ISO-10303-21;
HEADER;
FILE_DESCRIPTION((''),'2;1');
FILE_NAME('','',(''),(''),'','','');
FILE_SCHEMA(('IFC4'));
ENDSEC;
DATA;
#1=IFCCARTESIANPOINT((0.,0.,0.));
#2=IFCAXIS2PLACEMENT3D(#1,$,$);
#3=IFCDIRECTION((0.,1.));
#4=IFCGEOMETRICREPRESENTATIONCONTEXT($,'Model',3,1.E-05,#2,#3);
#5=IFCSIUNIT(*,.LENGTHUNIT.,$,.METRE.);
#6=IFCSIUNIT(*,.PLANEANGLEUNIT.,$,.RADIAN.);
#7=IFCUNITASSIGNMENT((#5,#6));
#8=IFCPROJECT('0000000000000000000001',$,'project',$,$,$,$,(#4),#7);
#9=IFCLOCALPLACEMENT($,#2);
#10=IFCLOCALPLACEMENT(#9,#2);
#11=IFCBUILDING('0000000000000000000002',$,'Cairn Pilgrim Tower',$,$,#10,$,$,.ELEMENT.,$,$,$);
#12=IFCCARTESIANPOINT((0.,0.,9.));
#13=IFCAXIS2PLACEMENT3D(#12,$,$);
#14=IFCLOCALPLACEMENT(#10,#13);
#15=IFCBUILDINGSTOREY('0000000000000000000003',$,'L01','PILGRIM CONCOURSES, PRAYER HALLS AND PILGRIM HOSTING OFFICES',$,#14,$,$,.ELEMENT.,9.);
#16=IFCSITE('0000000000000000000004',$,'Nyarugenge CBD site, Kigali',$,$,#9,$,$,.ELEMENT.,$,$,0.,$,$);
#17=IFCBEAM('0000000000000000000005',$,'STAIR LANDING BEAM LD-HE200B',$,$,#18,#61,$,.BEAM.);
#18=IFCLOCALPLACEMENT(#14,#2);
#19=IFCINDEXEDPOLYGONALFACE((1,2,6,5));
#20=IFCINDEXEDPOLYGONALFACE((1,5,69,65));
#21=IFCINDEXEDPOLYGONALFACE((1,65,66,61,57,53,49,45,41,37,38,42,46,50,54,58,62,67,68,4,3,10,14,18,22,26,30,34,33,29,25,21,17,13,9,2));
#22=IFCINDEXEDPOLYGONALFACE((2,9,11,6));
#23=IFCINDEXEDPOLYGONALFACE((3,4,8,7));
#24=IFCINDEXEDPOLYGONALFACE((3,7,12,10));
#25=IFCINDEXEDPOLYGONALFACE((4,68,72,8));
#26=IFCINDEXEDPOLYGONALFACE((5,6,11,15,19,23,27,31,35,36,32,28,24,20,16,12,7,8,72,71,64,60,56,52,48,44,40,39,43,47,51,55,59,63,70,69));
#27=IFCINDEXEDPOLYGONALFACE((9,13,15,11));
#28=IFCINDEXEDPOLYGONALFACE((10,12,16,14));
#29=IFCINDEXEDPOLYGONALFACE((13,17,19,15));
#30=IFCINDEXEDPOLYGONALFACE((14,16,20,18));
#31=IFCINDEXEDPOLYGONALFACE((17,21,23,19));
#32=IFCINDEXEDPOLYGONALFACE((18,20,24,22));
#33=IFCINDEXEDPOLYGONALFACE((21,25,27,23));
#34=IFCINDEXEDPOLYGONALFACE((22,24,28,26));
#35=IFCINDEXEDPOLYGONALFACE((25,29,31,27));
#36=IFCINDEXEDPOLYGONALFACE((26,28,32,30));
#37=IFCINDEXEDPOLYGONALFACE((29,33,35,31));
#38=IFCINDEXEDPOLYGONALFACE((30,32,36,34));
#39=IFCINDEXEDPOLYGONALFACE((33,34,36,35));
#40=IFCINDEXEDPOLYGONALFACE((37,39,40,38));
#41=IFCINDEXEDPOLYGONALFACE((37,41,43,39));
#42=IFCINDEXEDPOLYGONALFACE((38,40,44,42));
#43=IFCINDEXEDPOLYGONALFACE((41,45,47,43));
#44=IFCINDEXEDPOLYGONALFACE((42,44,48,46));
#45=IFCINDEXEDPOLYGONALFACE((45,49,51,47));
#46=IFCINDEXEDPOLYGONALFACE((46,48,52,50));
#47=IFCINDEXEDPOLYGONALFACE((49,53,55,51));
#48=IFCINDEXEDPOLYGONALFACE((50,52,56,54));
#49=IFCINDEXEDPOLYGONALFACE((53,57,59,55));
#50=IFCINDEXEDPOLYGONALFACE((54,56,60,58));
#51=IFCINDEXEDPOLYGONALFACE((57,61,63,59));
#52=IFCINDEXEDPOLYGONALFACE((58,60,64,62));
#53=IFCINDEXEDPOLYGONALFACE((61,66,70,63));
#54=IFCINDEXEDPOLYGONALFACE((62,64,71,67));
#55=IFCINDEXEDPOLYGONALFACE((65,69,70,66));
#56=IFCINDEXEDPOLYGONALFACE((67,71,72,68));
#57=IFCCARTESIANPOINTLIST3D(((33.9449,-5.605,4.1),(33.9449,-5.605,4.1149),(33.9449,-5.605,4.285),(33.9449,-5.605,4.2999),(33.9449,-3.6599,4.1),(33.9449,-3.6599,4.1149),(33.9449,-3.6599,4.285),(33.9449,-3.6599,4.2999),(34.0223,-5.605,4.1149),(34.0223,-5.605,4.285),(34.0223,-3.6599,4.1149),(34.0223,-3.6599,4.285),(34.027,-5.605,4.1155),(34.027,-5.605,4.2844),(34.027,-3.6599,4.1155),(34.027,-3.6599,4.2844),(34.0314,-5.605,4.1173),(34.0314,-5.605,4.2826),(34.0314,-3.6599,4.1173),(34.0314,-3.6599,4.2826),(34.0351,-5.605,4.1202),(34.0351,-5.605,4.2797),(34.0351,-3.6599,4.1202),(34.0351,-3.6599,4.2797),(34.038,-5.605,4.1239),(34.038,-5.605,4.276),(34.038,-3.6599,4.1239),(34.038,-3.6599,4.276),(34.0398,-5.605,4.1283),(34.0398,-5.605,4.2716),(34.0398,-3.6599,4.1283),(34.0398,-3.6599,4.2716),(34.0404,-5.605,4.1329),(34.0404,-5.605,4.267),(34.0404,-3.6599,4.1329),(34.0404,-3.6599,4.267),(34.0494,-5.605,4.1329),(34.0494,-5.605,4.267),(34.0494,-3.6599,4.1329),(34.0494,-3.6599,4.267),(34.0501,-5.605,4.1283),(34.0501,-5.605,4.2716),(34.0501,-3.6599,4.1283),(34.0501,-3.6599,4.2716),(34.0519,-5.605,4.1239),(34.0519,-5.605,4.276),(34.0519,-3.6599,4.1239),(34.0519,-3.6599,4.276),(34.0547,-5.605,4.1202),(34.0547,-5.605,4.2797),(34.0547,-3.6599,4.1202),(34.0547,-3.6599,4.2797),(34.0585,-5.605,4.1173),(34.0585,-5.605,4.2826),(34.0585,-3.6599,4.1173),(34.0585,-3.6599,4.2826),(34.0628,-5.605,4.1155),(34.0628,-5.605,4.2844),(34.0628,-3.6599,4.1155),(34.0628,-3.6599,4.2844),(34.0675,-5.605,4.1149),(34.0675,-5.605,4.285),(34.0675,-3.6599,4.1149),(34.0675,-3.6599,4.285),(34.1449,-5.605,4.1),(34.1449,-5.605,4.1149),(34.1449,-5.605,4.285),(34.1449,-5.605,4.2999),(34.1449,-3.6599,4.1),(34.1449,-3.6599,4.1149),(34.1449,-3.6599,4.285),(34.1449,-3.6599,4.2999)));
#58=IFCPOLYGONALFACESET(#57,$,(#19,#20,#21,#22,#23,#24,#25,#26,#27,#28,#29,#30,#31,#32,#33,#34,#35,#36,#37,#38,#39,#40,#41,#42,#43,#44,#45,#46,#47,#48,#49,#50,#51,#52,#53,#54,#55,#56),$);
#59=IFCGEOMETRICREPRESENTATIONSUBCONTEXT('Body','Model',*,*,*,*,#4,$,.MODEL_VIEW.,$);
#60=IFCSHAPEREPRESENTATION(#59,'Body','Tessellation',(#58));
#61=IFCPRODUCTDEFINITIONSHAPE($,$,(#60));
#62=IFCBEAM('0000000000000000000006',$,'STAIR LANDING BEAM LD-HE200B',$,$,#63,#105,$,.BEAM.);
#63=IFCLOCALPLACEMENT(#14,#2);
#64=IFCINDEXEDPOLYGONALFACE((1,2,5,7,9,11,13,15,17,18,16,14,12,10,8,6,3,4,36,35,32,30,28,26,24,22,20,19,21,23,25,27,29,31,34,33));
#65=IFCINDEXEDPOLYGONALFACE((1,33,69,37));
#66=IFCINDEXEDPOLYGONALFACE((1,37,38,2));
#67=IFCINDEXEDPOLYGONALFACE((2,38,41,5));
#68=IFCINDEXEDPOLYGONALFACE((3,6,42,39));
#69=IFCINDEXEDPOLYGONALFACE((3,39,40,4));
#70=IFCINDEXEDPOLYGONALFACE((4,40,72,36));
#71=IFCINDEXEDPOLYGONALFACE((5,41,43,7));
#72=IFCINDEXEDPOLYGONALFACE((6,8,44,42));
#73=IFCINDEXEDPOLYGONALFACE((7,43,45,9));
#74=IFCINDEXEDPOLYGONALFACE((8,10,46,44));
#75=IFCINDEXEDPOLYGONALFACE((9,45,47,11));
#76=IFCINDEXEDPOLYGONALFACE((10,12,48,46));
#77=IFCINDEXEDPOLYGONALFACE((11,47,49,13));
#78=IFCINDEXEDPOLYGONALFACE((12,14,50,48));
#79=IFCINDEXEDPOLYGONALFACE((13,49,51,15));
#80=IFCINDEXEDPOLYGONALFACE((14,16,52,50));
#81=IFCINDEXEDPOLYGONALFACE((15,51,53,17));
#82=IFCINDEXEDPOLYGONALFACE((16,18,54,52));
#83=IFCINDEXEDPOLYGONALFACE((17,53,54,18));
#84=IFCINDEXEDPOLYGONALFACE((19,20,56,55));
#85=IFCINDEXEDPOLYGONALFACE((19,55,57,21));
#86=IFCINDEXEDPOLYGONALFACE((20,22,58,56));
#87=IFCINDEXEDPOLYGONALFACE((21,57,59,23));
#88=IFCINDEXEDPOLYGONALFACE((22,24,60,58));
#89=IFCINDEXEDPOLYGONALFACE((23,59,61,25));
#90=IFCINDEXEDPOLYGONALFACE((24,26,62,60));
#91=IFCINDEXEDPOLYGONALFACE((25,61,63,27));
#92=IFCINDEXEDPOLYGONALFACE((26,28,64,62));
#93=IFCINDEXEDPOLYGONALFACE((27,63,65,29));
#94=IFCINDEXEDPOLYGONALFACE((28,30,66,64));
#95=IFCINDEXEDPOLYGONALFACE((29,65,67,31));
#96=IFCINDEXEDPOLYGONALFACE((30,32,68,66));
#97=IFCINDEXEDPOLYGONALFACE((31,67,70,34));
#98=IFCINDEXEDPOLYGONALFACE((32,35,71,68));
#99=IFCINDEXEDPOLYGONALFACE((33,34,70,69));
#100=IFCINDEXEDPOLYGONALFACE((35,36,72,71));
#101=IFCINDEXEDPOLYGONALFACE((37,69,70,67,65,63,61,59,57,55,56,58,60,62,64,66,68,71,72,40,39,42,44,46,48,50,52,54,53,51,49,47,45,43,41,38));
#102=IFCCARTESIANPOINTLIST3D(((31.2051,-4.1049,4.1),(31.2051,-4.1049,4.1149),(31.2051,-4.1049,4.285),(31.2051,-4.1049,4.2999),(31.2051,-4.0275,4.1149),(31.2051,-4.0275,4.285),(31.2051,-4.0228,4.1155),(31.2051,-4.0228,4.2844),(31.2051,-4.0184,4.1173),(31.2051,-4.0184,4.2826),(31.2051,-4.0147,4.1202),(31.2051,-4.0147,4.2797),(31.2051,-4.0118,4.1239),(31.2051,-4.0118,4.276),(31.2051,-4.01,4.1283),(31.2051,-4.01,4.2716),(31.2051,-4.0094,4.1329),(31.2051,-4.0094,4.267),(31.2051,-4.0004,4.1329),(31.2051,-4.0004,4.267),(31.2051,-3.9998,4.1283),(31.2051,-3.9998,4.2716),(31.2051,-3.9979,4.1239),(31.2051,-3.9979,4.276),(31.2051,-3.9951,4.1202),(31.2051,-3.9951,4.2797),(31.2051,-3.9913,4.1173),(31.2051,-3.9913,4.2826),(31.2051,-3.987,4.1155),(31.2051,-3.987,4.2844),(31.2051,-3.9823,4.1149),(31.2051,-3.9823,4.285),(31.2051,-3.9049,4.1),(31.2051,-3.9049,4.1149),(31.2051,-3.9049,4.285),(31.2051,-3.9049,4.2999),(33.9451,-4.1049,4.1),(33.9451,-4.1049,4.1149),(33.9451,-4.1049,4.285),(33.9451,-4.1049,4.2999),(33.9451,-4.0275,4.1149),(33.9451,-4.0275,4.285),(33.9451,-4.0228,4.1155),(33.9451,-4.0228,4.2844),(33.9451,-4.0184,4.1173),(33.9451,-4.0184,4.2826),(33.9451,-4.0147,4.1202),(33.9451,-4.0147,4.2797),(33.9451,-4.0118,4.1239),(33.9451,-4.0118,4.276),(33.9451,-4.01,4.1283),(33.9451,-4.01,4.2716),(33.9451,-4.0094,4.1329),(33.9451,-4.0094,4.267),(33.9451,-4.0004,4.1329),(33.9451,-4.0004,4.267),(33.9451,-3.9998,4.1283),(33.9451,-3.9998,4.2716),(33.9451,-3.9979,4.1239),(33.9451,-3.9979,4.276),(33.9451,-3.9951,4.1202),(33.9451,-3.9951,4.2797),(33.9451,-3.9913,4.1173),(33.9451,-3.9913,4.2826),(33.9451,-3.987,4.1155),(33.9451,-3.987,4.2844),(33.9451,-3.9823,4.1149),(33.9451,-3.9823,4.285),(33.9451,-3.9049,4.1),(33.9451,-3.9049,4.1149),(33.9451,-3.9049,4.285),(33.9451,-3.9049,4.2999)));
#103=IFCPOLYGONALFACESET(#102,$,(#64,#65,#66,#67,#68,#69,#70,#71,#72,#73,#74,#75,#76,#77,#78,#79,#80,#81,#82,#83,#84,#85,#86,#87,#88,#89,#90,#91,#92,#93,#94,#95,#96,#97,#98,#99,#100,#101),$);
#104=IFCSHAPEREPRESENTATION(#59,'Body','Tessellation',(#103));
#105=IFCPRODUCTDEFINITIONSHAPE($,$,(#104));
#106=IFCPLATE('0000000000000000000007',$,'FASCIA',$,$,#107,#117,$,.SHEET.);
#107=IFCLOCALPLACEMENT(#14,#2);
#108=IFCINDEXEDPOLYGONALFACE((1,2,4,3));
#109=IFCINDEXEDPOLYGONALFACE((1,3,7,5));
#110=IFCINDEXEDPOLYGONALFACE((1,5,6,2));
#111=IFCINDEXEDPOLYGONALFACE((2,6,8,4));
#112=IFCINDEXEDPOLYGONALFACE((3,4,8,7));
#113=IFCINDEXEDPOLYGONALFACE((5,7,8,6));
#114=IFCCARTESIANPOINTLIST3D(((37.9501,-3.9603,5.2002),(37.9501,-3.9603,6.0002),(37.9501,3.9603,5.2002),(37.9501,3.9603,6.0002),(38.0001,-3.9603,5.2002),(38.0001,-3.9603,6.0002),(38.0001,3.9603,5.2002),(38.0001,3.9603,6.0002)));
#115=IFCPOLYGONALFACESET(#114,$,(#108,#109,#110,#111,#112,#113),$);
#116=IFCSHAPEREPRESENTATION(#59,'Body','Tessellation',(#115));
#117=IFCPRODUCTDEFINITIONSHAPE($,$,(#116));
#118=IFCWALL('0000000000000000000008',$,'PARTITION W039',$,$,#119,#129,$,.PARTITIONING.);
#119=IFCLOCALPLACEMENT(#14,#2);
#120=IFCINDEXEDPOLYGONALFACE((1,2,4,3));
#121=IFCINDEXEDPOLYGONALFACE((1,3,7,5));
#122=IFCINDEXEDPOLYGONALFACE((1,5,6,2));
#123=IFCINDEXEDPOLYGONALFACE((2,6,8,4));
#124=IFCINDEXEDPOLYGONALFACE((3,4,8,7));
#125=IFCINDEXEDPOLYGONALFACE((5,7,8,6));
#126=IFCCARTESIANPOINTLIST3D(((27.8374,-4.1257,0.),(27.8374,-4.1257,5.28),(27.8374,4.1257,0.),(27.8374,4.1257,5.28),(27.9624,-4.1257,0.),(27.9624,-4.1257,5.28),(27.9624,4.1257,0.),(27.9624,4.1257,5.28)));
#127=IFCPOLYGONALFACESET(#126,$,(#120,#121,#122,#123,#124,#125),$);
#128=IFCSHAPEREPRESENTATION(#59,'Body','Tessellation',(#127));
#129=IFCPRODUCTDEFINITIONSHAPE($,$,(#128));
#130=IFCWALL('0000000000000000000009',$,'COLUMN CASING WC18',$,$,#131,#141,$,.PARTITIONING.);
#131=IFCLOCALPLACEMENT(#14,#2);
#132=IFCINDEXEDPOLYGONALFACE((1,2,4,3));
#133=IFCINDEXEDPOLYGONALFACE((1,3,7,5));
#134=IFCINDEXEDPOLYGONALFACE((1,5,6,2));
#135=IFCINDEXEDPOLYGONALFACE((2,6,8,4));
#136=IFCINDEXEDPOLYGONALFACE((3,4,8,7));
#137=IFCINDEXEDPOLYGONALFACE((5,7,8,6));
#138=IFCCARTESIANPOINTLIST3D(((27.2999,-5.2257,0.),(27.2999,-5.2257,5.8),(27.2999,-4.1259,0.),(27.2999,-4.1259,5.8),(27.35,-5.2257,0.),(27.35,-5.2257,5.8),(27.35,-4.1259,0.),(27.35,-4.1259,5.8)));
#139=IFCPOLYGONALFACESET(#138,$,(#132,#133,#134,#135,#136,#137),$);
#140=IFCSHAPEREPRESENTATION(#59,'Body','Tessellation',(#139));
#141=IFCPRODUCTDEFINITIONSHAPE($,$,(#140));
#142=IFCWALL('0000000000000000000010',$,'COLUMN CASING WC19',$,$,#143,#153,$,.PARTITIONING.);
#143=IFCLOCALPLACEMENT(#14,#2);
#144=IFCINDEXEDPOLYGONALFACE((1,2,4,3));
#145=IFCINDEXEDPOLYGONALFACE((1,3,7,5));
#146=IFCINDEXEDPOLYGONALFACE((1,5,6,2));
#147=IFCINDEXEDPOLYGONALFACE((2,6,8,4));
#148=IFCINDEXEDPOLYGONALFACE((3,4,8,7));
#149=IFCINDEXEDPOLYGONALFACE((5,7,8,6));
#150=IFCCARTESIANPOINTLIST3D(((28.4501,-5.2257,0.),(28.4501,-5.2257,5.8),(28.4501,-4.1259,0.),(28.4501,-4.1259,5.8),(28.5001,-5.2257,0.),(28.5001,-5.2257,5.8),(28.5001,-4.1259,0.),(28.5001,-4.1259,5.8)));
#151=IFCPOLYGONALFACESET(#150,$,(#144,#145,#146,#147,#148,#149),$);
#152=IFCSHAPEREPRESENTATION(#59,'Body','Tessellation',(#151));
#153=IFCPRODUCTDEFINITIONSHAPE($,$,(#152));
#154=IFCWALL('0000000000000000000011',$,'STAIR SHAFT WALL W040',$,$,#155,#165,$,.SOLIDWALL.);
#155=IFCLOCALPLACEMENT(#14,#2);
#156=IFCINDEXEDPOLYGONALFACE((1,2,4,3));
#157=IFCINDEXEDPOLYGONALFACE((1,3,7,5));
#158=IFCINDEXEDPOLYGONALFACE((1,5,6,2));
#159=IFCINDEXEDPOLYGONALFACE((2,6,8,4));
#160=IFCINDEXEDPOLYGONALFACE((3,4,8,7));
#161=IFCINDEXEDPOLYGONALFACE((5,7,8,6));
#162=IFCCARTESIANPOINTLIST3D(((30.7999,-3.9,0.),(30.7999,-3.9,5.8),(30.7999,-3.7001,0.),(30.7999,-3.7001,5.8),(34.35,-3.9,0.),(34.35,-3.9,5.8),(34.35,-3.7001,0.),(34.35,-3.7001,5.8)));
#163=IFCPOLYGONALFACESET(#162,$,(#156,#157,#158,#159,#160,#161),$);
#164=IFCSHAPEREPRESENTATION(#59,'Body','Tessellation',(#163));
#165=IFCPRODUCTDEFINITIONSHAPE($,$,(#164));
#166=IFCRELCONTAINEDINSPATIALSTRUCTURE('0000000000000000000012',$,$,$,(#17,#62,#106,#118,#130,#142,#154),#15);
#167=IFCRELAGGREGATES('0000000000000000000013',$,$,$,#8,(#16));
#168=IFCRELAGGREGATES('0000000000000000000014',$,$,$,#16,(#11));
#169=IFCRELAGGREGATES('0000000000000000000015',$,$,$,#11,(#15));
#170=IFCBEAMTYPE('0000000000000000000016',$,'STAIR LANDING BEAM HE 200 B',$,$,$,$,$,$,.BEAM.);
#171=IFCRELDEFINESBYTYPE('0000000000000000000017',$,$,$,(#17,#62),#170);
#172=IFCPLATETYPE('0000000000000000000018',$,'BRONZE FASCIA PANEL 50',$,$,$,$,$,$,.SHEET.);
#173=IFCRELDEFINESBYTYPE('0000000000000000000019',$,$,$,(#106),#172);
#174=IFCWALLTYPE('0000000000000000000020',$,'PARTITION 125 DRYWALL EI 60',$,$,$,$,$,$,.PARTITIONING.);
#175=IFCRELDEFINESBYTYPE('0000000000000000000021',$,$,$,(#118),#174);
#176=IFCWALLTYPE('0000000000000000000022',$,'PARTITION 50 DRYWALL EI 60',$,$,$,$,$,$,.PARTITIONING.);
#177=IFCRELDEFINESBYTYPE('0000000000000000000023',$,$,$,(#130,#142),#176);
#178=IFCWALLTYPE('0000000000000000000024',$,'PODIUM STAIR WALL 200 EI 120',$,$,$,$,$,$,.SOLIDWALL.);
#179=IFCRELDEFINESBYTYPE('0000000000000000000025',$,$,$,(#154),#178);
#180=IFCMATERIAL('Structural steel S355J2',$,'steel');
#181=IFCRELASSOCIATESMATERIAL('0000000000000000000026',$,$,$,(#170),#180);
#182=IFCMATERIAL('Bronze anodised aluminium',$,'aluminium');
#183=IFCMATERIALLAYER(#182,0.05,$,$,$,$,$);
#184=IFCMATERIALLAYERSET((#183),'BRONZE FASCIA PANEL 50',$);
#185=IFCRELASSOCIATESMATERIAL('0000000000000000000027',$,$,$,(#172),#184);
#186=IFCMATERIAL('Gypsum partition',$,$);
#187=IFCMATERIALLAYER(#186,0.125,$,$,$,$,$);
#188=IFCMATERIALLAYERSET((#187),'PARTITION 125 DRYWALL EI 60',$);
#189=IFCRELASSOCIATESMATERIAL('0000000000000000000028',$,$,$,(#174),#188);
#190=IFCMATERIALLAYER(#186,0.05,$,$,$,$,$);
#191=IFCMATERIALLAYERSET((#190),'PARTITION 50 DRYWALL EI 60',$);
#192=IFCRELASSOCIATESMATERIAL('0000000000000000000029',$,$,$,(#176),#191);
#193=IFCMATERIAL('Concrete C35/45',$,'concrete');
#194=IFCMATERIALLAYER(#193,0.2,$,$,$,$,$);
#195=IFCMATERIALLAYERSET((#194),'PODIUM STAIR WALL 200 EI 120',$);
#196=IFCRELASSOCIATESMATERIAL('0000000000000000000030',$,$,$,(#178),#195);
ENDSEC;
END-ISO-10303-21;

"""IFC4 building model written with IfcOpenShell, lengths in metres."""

from ifc_helpers import new_model, si_unit, direction, frame, frame_2d, origin, origin_2d, place, context, subcontext, project, spatial, rectangle, i_section, extrude, material, layer, layer_set, material_profile, profile_set, type_object, element, save


model = new_model("IFC4")

# Units and contexts
model_context = context("Model", 3, precision=1e-05, world=origin(), true_north=direction((0.0, 1.0)))
body_context = subcontext(model_context, "Body", "Model", "MODEL_VIEW")
ifc_project = project(units=[si_unit("LENGTHUNIT", "METRE"), si_unit("PLANEANGLEUNIT", "RADIAN")], contexts=[model_context])

# Site, building, storey
site_placement = place(None, origin())
site = spatial("IfcSite", under=ifc_project, at=site_placement, Name="Nyarugenge CBD site, Kigali", CompositionType="ELEMENT", RefElevation=0.0)
building_placement = place(site_placement, origin())
building = spatial("IfcBuilding", under=site, at=building_placement, Name="Cairn Pilgrim Tower", CompositionType="ELEMENT")
storey_placement = place(building_placement, frame((0.0, 0.0, 9.0)))
storey = spatial("IfcBuildingStorey", under=building, at=storey_placement, Name="L01", Description="PILGRIM CONCOURSES, PRAYER HALLS AND PILGRIM HOSTING OFFICES", CompositionType="ELEMENT", Elevation=9.0)

# Shared definitions
ifc_material_1 = material(Name="Structural steel S355J2", Category="steel")

# Beams
ifc_material_profile_1 = material_profile(ifc_material_1, i_section(OverallWidth=0.2, OverallDepth=0.2, WebThickness=0.009, FlangeThickness=0.0149, FilletRadius=0.0181, at=origin_2d()), Name="HE 200 B")
ifc_profile_set_1 = profile_set([ifc_material_profile_1], Name="Structural steel S355J2")
beam_type_1 = type_object("IfcBeamType", Name="STAIR LANDING BEAM HE 200 B", PredefinedType="BEAM", material=ifc_profile_set_1)
for number, where, z_axis, x_axis, name in (
    (1, (34.0449, -3.6599, 4.2), (0.0, -1.0, 0.0), (1.0, 0.0, 0.0), "STAIR LANDING BEAM LD-HE200B"),
):
    element("IfcBeam", number, at=place(storey_placement, frame(where, z_axis=z_axis, x_axis=x_axis)), inside=storey, type_object=beam_type_1, Name=name, PredefinedType="BEAM", context=body_context, shape_type="SweptSolid", body=[
        extrude(i_section(OverallWidth=0.2, OverallDepth=0.2, WebThickness=0.009, FlangeThickness=0.0149, FilletRadius=0.0181, at=origin_2d()), origin(), (0.0, 0.0, 1.0), 1.9451),
    ])
beam_1_placement = place(storey_placement, frame((31.2051, -4.0049, 4.2), z_axis=(1.0, 0.0, 0.0), x_axis=(0.0, 1.0, 0.0)))
element("IfcBeam", 2, at=beam_1_placement, inside=storey, type_object=beam_type_1, Name="STAIR LANDING BEAM LD-HE200B", PredefinedType="BEAM", context=body_context, shape_type="SweptSolid", body=[
    extrude(i_section(OverallWidth=0.2, OverallDepth=0.2, WebThickness=0.009, FlangeThickness=0.0149, FilletRadius=0.0181, at=origin_2d()), origin(), (0.0, 0.0, 1.0), 2.74),
])

# Plate
ifc_material_2 = material(Name="Bronze anodised aluminium", Category="aluminium")
ifc_layer_1 = layer(ifc_material_2, 0.05)
ifc_layer_set_1 = layer_set([ifc_layer_1], Name="BRONZE FASCIA PANEL 50")
plate_type = type_object("IfcPlateType", Name="BRONZE FASCIA PANEL 50", PredefinedType="SHEET", material=ifc_layer_set_1)
plate_placement = place(storey_placement, frame((37.9751, 0.0, 5.2002), z_axis=(0.0, 0.0, 1.0), x_axis=(0.0, 1.0, 0.0)))
element("IfcPlate", 3, at=plate_placement, inside=storey, type_object=plate_type, Name="FASCIA", PredefinedType="SHEET", context=body_context, shape_type="SweptSolid", body=[
    extrude(rectangle(XDim=7.9207, YDim=0.05, at=origin_2d()), origin(), (0.0, 0.0, 1.0), 0.8),
])

# Walls
ifc_material_3 = material(Name="Gypsum partition")
ifc_layer_2 = layer(ifc_material_3, 0.125)
ifc_layer_set_2 = layer_set([ifc_layer_2], Name="PARTITION 125 DRYWALL EI 60")
wall_type_1 = type_object("IfcWallType", Name="PARTITION 125 DRYWALL EI 60", PredefinedType="PARTITIONING", material=ifc_layer_set_2)
wall_1_placement = place(storey_placement, frame((27.8999, -4.1257, 0.0), z_axis=(0.0, 0.0, 1.0), x_axis=(0.0, 1.0, 0.0)))
element("IfcWall", 4, at=wall_1_placement, inside=storey, type_object=wall_type_1, Name="PARTITION W039", PredefinedType="PARTITIONING", context=body_context, shape_type="SweptSolid", body=[
    extrude(rectangle(XDim=8.2515, YDim=0.125, at=frame_2d((4.1257, 0.0))), origin(), (0.0, 0.0, 1.0), 5.28),
])
ifc_layer_3 = layer(ifc_material_3, 0.05)
ifc_layer_set_3 = layer_set([ifc_layer_3], Name="PARTITION 50 DRYWALL EI 60")
wall_type_2 = type_object("IfcWallType", Name="PARTITION 50 DRYWALL EI 60", PredefinedType="PARTITIONING", material=ifc_layer_set_3)
for number, where, z_axis, x_axis, name in (
    (5, (27.325, -5.2256, 0.0), (0.0, 0.0, 1.0), (0.0, 1.0, 0.0), "COLUMN CASING WC18"),
    (6, (28.4751, -5.2256, 0.0), (0.0, 0.0, 1.0), (0.0, 1.0, 0.0), "COLUMN CASING WC19"),
):
    element("IfcWall", number, at=place(storey_placement, frame(where, z_axis=z_axis, x_axis=x_axis)), inside=storey, type_object=wall_type_2, Name=name, PredefinedType="PARTITIONING", context=body_context, shape_type="SweptSolid", body=[
        extrude(rectangle(XDim=1.0999, YDim=0.05, at=frame_2d((0.5498, 0.0))), origin(), (0.0, 0.0, 1.0), 5.8),
    ])
ifc_material_4 = material(Name="Concrete C35/45", Category="concrete")
ifc_layer_4 = layer(ifc_material_4, 0.2)
ifc_layer_set_4 = layer_set([ifc_layer_4], Name="PODIUM STAIR WALL 200 EI 120")
wall_type_3 = type_object("IfcWallType", Name="PODIUM STAIR WALL 200 EI 120", PredefinedType="SOLIDWALL", material=ifc_layer_set_4)
wall_2_placement = place(storey_placement, frame((30.8, -3.8, 0.0), z_axis=(0.0, 0.0, 1.0), x_axis=(1.0, 0.0, 0.0)))
element("IfcWall", 7, at=wall_2_placement, inside=storey, type_object=wall_type_3, Name="STAIR SHAFT WALL W040", PredefinedType="SOLIDWALL", context=body_context, shape_type="SweptSolid", body=[
    extrude(rectangle(XDim=3.55, YDim=0.2, at=frame_2d((1.7749, 0.0))), origin(), (0.0, 0.0, 1.0), 5.8),
])

save(model, "model.ifc")
